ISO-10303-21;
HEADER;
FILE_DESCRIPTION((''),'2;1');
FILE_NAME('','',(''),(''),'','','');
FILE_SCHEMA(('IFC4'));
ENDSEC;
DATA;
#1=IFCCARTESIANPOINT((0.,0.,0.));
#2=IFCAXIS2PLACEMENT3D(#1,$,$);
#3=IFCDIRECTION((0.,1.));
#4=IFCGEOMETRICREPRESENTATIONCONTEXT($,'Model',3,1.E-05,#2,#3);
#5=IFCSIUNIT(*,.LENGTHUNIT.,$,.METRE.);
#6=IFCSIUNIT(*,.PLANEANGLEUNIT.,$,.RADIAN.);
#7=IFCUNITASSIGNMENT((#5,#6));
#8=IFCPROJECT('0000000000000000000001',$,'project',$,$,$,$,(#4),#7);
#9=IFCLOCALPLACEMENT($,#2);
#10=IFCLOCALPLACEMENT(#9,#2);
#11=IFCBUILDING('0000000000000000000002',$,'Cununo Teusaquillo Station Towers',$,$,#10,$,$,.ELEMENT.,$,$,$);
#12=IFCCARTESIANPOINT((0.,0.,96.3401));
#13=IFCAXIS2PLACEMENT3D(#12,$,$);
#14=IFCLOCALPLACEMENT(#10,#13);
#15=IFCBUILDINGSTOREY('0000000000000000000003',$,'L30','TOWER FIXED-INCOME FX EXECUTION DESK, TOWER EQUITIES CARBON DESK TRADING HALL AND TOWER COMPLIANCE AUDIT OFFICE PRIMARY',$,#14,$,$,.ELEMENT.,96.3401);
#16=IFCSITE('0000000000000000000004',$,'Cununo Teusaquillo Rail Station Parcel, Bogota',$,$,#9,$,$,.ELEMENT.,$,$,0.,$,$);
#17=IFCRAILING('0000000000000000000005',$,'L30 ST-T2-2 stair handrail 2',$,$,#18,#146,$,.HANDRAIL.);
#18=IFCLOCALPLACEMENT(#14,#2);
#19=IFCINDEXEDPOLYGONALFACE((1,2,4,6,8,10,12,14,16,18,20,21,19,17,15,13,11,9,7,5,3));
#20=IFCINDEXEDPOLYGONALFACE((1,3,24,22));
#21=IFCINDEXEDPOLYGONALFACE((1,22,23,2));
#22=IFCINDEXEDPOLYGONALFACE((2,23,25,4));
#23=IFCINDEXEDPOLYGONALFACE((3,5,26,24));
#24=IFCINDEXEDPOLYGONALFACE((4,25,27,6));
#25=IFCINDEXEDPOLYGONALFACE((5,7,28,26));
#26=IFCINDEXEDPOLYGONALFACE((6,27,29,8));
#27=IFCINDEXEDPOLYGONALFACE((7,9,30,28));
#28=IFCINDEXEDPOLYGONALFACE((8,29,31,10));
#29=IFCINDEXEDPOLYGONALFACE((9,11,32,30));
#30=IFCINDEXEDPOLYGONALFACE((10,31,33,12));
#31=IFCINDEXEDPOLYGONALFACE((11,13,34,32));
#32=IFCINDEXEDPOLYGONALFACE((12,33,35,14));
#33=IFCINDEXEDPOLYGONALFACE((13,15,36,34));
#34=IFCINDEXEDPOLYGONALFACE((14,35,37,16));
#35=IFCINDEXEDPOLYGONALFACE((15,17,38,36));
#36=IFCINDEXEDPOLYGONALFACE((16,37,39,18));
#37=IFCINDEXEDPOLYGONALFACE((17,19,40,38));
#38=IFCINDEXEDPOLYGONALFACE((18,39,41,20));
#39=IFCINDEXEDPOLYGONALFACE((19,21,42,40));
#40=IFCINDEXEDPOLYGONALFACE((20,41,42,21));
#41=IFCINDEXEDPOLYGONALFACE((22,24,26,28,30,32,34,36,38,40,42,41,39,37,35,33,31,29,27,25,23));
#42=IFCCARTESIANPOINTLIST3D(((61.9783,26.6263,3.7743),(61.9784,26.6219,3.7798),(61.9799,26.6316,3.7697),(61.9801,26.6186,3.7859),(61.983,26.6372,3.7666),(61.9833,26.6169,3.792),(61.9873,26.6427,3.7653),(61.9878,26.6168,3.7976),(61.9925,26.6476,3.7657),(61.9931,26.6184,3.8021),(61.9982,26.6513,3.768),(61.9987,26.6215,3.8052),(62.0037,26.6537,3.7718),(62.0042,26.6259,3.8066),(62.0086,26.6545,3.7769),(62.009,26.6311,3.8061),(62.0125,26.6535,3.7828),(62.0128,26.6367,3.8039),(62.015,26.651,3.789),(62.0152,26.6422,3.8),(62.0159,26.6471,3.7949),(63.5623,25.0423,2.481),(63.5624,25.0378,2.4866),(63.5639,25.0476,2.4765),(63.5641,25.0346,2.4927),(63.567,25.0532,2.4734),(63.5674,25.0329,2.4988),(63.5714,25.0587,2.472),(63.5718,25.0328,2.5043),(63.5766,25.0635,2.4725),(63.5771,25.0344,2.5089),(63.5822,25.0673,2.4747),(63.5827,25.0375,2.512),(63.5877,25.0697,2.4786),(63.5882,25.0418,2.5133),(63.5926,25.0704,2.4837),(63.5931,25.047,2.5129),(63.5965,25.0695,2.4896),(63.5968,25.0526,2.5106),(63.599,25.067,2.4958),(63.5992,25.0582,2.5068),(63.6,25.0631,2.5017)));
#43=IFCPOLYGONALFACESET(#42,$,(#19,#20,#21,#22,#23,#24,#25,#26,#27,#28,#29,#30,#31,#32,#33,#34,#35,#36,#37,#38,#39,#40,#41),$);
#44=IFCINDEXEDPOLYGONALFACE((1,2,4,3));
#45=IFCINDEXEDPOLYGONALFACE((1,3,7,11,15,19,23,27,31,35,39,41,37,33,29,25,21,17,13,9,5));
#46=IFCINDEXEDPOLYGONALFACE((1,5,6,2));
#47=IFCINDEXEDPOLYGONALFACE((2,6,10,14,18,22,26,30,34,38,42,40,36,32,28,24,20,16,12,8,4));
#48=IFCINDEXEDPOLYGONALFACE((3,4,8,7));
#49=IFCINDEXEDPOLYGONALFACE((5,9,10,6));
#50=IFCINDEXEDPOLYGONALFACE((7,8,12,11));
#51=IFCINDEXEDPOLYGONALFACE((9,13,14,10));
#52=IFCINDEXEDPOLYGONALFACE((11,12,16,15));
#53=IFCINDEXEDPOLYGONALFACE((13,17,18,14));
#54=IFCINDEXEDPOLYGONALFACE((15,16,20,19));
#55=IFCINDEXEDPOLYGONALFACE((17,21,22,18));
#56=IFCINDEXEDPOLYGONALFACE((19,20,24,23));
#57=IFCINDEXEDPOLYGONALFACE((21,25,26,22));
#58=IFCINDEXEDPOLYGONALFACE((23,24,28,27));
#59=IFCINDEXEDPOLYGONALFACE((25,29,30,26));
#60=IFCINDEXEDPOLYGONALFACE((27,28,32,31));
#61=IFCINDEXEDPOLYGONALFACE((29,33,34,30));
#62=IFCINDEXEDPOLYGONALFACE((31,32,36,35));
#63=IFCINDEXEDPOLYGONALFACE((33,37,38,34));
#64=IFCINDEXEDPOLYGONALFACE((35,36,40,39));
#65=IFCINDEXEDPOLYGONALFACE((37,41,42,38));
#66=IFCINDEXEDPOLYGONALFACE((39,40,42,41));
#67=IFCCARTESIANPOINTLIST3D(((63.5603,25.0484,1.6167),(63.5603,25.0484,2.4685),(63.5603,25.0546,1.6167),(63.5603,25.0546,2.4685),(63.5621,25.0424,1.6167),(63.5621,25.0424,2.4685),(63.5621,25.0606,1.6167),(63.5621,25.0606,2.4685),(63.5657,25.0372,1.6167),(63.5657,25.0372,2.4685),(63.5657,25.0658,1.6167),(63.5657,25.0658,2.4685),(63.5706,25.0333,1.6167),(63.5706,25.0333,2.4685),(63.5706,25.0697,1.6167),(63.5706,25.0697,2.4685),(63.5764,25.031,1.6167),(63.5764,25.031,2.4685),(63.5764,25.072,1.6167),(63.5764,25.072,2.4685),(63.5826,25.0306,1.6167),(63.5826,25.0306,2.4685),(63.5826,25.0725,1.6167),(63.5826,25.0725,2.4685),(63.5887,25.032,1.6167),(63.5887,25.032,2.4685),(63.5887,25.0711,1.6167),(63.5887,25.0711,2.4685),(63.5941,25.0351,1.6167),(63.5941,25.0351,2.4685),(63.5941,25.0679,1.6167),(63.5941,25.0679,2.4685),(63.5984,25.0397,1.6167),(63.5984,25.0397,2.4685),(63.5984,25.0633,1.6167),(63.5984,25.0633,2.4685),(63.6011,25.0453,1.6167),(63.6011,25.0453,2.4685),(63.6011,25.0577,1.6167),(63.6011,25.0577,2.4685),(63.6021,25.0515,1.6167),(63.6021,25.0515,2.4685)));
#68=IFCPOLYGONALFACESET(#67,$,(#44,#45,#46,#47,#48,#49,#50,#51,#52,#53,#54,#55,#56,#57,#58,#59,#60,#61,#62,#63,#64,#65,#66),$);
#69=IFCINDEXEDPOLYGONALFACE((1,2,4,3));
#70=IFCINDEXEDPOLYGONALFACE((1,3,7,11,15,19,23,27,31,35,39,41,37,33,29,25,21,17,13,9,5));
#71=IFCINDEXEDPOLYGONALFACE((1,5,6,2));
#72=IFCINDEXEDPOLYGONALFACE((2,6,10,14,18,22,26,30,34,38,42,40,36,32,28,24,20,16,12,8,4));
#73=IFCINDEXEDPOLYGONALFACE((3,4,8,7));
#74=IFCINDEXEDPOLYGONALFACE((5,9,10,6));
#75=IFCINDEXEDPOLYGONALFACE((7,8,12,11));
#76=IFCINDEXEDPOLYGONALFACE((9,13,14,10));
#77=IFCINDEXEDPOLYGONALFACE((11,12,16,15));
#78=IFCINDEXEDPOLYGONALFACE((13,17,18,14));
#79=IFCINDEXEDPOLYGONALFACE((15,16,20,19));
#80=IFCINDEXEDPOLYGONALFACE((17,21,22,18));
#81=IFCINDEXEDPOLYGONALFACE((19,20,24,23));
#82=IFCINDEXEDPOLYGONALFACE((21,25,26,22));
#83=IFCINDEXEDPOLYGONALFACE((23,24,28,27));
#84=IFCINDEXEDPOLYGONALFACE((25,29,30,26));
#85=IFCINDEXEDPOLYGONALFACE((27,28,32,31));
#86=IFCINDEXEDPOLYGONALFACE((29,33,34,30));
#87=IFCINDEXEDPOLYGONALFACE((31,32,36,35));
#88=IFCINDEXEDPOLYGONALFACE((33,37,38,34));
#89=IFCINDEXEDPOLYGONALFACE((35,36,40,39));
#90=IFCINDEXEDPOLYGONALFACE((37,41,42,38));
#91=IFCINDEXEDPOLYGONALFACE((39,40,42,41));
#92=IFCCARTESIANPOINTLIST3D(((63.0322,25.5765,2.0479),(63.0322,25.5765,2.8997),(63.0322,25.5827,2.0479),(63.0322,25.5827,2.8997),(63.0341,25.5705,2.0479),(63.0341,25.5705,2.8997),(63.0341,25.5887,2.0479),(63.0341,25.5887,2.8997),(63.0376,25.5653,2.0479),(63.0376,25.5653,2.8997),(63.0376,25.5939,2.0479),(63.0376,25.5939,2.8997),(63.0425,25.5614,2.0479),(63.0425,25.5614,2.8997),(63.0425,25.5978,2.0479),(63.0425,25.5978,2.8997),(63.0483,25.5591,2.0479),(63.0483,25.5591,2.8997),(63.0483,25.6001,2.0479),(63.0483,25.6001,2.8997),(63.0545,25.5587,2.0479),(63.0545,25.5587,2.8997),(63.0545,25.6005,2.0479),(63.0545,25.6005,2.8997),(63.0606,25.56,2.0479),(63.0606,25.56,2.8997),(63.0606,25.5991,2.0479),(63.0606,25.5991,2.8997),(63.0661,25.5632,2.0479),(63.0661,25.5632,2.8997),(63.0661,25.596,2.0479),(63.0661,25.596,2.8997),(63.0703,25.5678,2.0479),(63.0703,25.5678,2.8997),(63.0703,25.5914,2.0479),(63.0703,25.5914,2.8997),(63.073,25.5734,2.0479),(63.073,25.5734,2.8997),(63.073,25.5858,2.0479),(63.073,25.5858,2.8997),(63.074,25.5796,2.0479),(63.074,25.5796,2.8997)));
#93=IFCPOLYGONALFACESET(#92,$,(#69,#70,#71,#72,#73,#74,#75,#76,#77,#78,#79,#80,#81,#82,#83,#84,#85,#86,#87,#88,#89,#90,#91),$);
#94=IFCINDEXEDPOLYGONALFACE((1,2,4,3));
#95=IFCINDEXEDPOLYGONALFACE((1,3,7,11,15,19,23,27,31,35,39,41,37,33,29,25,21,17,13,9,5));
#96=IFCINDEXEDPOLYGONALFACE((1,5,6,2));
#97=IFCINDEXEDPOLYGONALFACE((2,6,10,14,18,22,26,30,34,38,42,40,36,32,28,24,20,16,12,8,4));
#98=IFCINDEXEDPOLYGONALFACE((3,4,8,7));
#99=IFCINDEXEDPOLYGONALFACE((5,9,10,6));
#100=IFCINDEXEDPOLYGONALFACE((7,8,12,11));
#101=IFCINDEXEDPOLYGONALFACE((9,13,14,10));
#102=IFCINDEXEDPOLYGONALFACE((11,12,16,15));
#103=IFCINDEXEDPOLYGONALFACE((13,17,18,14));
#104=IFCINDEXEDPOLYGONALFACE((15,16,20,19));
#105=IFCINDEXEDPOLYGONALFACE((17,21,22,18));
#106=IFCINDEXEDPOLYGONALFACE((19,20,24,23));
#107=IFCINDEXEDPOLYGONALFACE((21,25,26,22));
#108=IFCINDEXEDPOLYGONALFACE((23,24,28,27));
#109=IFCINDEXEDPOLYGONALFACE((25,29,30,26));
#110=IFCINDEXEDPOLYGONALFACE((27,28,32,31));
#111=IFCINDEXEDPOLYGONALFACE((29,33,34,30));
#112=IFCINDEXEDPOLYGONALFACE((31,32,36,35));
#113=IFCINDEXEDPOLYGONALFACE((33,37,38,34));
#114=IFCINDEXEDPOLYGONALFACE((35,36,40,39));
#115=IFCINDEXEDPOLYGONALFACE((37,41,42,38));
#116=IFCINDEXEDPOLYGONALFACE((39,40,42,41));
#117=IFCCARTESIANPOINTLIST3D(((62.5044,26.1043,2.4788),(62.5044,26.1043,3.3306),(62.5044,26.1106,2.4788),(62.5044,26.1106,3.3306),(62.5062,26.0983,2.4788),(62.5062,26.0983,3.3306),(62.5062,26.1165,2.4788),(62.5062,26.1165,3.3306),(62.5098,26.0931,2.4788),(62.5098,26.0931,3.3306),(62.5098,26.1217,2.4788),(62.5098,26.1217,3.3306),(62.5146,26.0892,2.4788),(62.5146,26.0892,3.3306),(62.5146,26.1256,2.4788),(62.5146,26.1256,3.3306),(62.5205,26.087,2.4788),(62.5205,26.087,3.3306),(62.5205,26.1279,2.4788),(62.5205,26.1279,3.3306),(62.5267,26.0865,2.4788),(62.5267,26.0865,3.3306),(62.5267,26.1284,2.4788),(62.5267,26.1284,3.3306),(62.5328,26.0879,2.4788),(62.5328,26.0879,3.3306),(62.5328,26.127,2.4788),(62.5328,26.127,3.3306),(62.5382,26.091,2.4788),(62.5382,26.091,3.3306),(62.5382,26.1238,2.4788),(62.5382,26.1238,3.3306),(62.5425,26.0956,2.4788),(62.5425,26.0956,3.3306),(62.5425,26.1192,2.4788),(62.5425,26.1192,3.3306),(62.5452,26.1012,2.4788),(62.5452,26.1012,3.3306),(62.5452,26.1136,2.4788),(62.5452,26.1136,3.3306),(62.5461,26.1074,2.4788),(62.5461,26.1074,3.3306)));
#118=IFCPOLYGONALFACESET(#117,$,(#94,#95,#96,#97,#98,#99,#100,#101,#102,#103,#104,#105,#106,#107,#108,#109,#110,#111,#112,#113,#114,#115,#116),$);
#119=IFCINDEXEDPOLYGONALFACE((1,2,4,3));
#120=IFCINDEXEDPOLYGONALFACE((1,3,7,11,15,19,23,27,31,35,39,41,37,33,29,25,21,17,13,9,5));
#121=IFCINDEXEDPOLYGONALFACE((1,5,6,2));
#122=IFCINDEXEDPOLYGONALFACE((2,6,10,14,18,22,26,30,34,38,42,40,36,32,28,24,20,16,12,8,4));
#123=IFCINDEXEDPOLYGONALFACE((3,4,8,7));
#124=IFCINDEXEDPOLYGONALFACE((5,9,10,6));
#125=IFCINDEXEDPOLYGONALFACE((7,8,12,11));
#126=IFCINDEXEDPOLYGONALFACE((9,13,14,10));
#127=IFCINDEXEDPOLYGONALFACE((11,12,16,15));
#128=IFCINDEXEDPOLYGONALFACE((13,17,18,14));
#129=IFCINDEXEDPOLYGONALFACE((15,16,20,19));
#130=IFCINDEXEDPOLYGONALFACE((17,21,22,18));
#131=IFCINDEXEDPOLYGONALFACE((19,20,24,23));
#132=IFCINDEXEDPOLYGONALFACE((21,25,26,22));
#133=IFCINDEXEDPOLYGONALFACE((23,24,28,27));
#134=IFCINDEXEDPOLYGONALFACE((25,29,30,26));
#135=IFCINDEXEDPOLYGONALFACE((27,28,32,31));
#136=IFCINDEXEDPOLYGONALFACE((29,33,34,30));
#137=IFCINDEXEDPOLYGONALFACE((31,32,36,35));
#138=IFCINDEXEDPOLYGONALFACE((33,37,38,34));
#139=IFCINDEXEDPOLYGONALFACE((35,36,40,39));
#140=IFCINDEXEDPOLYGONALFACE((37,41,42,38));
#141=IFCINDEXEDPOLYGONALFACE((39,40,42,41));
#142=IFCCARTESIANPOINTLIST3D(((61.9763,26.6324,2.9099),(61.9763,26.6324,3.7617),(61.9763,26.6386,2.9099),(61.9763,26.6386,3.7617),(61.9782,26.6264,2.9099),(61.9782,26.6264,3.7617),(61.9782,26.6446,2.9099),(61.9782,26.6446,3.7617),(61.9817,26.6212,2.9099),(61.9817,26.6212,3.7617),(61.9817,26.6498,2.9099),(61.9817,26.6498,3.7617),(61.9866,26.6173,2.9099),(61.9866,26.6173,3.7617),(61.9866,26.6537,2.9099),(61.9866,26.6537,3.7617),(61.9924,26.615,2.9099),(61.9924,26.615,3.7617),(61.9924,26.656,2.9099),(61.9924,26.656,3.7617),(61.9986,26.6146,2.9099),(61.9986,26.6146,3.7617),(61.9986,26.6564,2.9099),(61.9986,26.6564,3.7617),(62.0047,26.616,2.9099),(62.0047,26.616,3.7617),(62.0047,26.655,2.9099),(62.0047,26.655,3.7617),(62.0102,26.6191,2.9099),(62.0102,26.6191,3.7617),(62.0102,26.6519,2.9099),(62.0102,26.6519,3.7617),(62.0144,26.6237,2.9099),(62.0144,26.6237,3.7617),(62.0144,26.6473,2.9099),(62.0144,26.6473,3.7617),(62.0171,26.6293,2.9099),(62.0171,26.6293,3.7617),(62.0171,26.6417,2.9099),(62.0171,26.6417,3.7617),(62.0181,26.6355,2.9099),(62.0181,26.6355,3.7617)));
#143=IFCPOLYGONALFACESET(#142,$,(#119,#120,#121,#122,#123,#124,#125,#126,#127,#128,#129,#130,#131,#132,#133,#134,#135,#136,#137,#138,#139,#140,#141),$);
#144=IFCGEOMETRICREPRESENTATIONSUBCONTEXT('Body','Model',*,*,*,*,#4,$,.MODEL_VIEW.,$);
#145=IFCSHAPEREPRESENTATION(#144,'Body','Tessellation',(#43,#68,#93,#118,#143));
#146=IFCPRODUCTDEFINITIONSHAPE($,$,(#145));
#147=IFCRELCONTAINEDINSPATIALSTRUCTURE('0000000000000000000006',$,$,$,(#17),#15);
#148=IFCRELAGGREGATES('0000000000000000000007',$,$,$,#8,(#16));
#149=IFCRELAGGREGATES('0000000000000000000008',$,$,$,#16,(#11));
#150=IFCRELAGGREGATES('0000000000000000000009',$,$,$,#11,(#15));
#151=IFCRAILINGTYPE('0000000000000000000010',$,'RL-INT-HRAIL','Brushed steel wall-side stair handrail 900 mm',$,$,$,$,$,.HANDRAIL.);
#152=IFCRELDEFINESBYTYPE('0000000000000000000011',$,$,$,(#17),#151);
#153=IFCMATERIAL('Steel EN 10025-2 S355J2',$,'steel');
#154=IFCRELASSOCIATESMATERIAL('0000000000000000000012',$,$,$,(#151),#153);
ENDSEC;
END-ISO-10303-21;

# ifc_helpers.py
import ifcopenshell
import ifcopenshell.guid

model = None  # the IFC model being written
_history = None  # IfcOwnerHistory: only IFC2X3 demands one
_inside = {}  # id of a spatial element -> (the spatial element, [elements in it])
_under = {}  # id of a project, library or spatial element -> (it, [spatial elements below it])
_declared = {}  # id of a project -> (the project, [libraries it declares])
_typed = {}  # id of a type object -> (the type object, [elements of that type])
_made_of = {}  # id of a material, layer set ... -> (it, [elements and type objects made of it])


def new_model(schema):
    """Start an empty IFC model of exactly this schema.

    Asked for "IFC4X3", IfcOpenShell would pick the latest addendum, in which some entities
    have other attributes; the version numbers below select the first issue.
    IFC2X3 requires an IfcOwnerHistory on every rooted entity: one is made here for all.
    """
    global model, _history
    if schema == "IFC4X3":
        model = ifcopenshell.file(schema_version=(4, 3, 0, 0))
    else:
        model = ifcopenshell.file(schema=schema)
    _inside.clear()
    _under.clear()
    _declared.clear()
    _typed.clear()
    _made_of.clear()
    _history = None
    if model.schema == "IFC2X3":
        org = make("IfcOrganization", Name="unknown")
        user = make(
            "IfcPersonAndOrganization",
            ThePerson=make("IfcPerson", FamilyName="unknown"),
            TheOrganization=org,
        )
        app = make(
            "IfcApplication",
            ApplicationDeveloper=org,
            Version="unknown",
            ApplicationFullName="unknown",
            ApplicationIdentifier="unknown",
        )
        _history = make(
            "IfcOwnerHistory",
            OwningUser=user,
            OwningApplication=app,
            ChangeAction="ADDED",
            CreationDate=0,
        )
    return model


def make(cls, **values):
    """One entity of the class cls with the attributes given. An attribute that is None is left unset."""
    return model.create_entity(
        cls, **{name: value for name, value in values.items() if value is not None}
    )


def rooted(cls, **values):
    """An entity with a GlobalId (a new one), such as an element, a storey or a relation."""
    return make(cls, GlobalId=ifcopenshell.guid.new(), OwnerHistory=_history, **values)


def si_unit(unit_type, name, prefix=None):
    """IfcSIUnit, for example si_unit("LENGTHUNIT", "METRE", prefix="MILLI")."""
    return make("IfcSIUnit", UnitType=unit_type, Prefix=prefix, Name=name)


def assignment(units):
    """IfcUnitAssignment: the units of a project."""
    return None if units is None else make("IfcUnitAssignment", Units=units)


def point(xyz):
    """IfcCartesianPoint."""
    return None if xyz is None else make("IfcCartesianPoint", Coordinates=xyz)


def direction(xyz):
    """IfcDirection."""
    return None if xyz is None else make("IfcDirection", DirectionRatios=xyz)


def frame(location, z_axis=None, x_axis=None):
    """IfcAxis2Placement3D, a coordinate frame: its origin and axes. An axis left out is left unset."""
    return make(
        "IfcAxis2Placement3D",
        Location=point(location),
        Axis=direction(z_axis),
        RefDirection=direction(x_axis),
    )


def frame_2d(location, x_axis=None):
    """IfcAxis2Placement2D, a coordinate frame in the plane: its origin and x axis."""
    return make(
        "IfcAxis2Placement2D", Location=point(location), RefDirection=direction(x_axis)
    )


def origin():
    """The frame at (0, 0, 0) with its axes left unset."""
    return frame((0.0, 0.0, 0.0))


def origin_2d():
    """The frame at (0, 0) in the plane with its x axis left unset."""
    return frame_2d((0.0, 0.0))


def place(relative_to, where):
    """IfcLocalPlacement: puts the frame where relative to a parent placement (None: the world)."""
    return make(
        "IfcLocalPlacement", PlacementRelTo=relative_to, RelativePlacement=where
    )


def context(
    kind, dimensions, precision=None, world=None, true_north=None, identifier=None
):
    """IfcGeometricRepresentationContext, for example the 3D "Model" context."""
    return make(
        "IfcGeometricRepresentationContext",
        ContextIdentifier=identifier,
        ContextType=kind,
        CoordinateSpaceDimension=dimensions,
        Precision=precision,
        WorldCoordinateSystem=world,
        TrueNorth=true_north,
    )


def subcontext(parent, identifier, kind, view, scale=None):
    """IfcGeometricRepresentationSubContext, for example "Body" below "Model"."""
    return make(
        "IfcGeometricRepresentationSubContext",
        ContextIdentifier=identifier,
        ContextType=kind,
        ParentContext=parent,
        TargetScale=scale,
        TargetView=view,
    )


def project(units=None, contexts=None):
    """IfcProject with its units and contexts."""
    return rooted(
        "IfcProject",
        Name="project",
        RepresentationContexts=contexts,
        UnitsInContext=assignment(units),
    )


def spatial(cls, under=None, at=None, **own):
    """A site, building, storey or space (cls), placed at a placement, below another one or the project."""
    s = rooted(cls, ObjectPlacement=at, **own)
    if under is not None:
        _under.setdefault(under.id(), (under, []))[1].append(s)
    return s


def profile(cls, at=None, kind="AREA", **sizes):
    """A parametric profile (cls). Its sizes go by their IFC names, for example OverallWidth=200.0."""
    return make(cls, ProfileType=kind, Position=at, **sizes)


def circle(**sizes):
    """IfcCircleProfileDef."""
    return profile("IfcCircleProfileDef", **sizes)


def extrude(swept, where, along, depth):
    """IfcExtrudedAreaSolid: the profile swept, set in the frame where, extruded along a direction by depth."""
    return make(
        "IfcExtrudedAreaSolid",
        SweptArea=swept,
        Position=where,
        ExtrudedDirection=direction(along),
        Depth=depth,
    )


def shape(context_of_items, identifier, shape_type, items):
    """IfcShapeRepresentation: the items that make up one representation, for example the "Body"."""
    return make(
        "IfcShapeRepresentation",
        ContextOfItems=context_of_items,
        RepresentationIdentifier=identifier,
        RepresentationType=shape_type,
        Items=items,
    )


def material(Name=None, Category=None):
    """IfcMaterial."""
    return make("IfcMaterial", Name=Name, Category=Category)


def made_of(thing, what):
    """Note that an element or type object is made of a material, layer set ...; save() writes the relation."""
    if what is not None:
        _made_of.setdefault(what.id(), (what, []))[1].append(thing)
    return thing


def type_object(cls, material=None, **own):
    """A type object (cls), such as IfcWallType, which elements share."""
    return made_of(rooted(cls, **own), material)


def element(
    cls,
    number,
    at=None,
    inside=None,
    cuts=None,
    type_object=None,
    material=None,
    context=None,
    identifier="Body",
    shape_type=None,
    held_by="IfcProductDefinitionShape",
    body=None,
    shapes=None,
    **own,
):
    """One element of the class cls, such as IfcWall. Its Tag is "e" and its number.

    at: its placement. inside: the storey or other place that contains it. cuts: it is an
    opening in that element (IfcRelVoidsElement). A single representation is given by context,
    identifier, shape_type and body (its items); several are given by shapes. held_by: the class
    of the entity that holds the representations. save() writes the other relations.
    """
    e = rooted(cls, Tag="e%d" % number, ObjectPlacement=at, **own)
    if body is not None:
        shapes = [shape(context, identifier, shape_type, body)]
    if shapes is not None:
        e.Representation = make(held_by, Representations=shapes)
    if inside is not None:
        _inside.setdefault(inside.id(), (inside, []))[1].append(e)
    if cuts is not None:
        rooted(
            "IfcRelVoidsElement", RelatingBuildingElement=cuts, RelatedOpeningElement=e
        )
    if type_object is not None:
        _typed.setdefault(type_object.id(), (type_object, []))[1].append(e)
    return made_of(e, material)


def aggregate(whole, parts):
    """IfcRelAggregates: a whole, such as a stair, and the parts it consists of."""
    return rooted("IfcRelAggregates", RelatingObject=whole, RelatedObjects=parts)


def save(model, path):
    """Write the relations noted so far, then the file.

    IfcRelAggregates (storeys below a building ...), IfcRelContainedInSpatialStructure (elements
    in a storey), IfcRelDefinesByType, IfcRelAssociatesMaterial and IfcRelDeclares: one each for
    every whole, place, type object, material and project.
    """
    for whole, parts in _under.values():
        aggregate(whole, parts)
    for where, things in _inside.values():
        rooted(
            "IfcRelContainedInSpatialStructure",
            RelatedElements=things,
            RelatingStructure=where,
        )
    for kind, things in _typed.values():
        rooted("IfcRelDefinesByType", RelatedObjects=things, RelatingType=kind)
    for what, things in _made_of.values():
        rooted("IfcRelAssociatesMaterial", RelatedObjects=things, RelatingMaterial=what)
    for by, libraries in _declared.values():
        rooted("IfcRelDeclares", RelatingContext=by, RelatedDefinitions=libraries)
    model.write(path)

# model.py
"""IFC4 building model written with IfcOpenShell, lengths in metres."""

from ifc_helpers import new_model, si_unit, direction, frame, origin, origin_2d, place, context, subcontext, project, spatial, circle, extrude, material, type_object, element, save


model = new_model("IFC4")

# Units and contexts
model_context = context("Model", 3, precision=1e-05, world=origin(), true_north=direction((0.0, 1.0)))
body_context = subcontext(model_context, "Body", "Model", "MODEL_VIEW")
ifc_project = project(units=[si_unit("LENGTHUNIT", "METRE"), si_unit("PLANEANGLEUNIT", "RADIAN")], contexts=[model_context])

# Site, building, storey
site_placement = place(None, origin())
site = spatial("IfcSite", under=ifc_project, at=site_placement, Name="Cununo Teusaquillo Rail Station Parcel, Bogota", CompositionType="ELEMENT", RefElevation=0.0)
building_placement = place(site_placement, origin())
building = spatial("IfcBuilding", under=site, at=building_placement, Name="Cununo Teusaquillo Station Towers", CompositionType="ELEMENT")
storey_placement = place(building_placement, frame((0.0, 0.0, 96.3401)))
storey = spatial("IfcBuildingStorey", under=building, at=storey_placement, Name="L30", Description="TOWER FIXED-INCOME FX EXECUTION DESK, TOWER EQUITIES CARBON DESK TRADING HALL AND TOWER COMPLIANCE AUDIT OFFICE PRIMARY", CompositionType="ELEMENT", Elevation=96.3401)

# Railing
ifc_material_1 = material(Name="Steel EN 10025-2 S355J2", Category="steel")
railing_type_1 = type_object("IfcRailingType", Name="RL-INT-HRAIL", Description="Brushed steel wall-side stair handrail 900 mm", PredefinedType="HANDRAIL", material=ifc_material_1)
railing_1_placement = place(storey_placement, frame((63.5811, 25.0515, 1.6167)))
element("IfcRailing", 1, at=railing_1_placement, inside=storey, type_object=railing_type_1, Name="L30 ST-T2-2 stair handrail 2", PredefinedType="HANDRAIL", context=body_context, shape_type="SweptSolid", body=[
    extrude(circle(Radius=0.0239, at=origin_2d()), frame((0.0, 0.0, 0.876), z_axis=(-0.612385, 0.612385, 0.49997), x_axis=(-0.707107, -0.707107, 0.0)), (0.0, 0.0, 1.0), 2.5867),
    extrude(circle(Radius=0.021, at=origin_2d()), origin(), (0.0, 0.0, 1.0), 0.8518),
    extrude(circle(Radius=0.021, at=origin_2d()), frame((-0.5281, 0.5281, 0.4312)), (0.0, 0.0, 1.0), 0.8518),
    extrude(circle(Radius=0.021, at=origin_2d()), frame((-1.0559, 1.0559, 0.8621)), (0.0, 0.0, 1.0), 0.8518),
    extrude(circle(Radius=0.021, at=origin_2d()), frame((-1.584, 1.584, 1.2932)), (0.0, 0.0, 1.0), 0.8518),
])

save(model, "model.ifc")
